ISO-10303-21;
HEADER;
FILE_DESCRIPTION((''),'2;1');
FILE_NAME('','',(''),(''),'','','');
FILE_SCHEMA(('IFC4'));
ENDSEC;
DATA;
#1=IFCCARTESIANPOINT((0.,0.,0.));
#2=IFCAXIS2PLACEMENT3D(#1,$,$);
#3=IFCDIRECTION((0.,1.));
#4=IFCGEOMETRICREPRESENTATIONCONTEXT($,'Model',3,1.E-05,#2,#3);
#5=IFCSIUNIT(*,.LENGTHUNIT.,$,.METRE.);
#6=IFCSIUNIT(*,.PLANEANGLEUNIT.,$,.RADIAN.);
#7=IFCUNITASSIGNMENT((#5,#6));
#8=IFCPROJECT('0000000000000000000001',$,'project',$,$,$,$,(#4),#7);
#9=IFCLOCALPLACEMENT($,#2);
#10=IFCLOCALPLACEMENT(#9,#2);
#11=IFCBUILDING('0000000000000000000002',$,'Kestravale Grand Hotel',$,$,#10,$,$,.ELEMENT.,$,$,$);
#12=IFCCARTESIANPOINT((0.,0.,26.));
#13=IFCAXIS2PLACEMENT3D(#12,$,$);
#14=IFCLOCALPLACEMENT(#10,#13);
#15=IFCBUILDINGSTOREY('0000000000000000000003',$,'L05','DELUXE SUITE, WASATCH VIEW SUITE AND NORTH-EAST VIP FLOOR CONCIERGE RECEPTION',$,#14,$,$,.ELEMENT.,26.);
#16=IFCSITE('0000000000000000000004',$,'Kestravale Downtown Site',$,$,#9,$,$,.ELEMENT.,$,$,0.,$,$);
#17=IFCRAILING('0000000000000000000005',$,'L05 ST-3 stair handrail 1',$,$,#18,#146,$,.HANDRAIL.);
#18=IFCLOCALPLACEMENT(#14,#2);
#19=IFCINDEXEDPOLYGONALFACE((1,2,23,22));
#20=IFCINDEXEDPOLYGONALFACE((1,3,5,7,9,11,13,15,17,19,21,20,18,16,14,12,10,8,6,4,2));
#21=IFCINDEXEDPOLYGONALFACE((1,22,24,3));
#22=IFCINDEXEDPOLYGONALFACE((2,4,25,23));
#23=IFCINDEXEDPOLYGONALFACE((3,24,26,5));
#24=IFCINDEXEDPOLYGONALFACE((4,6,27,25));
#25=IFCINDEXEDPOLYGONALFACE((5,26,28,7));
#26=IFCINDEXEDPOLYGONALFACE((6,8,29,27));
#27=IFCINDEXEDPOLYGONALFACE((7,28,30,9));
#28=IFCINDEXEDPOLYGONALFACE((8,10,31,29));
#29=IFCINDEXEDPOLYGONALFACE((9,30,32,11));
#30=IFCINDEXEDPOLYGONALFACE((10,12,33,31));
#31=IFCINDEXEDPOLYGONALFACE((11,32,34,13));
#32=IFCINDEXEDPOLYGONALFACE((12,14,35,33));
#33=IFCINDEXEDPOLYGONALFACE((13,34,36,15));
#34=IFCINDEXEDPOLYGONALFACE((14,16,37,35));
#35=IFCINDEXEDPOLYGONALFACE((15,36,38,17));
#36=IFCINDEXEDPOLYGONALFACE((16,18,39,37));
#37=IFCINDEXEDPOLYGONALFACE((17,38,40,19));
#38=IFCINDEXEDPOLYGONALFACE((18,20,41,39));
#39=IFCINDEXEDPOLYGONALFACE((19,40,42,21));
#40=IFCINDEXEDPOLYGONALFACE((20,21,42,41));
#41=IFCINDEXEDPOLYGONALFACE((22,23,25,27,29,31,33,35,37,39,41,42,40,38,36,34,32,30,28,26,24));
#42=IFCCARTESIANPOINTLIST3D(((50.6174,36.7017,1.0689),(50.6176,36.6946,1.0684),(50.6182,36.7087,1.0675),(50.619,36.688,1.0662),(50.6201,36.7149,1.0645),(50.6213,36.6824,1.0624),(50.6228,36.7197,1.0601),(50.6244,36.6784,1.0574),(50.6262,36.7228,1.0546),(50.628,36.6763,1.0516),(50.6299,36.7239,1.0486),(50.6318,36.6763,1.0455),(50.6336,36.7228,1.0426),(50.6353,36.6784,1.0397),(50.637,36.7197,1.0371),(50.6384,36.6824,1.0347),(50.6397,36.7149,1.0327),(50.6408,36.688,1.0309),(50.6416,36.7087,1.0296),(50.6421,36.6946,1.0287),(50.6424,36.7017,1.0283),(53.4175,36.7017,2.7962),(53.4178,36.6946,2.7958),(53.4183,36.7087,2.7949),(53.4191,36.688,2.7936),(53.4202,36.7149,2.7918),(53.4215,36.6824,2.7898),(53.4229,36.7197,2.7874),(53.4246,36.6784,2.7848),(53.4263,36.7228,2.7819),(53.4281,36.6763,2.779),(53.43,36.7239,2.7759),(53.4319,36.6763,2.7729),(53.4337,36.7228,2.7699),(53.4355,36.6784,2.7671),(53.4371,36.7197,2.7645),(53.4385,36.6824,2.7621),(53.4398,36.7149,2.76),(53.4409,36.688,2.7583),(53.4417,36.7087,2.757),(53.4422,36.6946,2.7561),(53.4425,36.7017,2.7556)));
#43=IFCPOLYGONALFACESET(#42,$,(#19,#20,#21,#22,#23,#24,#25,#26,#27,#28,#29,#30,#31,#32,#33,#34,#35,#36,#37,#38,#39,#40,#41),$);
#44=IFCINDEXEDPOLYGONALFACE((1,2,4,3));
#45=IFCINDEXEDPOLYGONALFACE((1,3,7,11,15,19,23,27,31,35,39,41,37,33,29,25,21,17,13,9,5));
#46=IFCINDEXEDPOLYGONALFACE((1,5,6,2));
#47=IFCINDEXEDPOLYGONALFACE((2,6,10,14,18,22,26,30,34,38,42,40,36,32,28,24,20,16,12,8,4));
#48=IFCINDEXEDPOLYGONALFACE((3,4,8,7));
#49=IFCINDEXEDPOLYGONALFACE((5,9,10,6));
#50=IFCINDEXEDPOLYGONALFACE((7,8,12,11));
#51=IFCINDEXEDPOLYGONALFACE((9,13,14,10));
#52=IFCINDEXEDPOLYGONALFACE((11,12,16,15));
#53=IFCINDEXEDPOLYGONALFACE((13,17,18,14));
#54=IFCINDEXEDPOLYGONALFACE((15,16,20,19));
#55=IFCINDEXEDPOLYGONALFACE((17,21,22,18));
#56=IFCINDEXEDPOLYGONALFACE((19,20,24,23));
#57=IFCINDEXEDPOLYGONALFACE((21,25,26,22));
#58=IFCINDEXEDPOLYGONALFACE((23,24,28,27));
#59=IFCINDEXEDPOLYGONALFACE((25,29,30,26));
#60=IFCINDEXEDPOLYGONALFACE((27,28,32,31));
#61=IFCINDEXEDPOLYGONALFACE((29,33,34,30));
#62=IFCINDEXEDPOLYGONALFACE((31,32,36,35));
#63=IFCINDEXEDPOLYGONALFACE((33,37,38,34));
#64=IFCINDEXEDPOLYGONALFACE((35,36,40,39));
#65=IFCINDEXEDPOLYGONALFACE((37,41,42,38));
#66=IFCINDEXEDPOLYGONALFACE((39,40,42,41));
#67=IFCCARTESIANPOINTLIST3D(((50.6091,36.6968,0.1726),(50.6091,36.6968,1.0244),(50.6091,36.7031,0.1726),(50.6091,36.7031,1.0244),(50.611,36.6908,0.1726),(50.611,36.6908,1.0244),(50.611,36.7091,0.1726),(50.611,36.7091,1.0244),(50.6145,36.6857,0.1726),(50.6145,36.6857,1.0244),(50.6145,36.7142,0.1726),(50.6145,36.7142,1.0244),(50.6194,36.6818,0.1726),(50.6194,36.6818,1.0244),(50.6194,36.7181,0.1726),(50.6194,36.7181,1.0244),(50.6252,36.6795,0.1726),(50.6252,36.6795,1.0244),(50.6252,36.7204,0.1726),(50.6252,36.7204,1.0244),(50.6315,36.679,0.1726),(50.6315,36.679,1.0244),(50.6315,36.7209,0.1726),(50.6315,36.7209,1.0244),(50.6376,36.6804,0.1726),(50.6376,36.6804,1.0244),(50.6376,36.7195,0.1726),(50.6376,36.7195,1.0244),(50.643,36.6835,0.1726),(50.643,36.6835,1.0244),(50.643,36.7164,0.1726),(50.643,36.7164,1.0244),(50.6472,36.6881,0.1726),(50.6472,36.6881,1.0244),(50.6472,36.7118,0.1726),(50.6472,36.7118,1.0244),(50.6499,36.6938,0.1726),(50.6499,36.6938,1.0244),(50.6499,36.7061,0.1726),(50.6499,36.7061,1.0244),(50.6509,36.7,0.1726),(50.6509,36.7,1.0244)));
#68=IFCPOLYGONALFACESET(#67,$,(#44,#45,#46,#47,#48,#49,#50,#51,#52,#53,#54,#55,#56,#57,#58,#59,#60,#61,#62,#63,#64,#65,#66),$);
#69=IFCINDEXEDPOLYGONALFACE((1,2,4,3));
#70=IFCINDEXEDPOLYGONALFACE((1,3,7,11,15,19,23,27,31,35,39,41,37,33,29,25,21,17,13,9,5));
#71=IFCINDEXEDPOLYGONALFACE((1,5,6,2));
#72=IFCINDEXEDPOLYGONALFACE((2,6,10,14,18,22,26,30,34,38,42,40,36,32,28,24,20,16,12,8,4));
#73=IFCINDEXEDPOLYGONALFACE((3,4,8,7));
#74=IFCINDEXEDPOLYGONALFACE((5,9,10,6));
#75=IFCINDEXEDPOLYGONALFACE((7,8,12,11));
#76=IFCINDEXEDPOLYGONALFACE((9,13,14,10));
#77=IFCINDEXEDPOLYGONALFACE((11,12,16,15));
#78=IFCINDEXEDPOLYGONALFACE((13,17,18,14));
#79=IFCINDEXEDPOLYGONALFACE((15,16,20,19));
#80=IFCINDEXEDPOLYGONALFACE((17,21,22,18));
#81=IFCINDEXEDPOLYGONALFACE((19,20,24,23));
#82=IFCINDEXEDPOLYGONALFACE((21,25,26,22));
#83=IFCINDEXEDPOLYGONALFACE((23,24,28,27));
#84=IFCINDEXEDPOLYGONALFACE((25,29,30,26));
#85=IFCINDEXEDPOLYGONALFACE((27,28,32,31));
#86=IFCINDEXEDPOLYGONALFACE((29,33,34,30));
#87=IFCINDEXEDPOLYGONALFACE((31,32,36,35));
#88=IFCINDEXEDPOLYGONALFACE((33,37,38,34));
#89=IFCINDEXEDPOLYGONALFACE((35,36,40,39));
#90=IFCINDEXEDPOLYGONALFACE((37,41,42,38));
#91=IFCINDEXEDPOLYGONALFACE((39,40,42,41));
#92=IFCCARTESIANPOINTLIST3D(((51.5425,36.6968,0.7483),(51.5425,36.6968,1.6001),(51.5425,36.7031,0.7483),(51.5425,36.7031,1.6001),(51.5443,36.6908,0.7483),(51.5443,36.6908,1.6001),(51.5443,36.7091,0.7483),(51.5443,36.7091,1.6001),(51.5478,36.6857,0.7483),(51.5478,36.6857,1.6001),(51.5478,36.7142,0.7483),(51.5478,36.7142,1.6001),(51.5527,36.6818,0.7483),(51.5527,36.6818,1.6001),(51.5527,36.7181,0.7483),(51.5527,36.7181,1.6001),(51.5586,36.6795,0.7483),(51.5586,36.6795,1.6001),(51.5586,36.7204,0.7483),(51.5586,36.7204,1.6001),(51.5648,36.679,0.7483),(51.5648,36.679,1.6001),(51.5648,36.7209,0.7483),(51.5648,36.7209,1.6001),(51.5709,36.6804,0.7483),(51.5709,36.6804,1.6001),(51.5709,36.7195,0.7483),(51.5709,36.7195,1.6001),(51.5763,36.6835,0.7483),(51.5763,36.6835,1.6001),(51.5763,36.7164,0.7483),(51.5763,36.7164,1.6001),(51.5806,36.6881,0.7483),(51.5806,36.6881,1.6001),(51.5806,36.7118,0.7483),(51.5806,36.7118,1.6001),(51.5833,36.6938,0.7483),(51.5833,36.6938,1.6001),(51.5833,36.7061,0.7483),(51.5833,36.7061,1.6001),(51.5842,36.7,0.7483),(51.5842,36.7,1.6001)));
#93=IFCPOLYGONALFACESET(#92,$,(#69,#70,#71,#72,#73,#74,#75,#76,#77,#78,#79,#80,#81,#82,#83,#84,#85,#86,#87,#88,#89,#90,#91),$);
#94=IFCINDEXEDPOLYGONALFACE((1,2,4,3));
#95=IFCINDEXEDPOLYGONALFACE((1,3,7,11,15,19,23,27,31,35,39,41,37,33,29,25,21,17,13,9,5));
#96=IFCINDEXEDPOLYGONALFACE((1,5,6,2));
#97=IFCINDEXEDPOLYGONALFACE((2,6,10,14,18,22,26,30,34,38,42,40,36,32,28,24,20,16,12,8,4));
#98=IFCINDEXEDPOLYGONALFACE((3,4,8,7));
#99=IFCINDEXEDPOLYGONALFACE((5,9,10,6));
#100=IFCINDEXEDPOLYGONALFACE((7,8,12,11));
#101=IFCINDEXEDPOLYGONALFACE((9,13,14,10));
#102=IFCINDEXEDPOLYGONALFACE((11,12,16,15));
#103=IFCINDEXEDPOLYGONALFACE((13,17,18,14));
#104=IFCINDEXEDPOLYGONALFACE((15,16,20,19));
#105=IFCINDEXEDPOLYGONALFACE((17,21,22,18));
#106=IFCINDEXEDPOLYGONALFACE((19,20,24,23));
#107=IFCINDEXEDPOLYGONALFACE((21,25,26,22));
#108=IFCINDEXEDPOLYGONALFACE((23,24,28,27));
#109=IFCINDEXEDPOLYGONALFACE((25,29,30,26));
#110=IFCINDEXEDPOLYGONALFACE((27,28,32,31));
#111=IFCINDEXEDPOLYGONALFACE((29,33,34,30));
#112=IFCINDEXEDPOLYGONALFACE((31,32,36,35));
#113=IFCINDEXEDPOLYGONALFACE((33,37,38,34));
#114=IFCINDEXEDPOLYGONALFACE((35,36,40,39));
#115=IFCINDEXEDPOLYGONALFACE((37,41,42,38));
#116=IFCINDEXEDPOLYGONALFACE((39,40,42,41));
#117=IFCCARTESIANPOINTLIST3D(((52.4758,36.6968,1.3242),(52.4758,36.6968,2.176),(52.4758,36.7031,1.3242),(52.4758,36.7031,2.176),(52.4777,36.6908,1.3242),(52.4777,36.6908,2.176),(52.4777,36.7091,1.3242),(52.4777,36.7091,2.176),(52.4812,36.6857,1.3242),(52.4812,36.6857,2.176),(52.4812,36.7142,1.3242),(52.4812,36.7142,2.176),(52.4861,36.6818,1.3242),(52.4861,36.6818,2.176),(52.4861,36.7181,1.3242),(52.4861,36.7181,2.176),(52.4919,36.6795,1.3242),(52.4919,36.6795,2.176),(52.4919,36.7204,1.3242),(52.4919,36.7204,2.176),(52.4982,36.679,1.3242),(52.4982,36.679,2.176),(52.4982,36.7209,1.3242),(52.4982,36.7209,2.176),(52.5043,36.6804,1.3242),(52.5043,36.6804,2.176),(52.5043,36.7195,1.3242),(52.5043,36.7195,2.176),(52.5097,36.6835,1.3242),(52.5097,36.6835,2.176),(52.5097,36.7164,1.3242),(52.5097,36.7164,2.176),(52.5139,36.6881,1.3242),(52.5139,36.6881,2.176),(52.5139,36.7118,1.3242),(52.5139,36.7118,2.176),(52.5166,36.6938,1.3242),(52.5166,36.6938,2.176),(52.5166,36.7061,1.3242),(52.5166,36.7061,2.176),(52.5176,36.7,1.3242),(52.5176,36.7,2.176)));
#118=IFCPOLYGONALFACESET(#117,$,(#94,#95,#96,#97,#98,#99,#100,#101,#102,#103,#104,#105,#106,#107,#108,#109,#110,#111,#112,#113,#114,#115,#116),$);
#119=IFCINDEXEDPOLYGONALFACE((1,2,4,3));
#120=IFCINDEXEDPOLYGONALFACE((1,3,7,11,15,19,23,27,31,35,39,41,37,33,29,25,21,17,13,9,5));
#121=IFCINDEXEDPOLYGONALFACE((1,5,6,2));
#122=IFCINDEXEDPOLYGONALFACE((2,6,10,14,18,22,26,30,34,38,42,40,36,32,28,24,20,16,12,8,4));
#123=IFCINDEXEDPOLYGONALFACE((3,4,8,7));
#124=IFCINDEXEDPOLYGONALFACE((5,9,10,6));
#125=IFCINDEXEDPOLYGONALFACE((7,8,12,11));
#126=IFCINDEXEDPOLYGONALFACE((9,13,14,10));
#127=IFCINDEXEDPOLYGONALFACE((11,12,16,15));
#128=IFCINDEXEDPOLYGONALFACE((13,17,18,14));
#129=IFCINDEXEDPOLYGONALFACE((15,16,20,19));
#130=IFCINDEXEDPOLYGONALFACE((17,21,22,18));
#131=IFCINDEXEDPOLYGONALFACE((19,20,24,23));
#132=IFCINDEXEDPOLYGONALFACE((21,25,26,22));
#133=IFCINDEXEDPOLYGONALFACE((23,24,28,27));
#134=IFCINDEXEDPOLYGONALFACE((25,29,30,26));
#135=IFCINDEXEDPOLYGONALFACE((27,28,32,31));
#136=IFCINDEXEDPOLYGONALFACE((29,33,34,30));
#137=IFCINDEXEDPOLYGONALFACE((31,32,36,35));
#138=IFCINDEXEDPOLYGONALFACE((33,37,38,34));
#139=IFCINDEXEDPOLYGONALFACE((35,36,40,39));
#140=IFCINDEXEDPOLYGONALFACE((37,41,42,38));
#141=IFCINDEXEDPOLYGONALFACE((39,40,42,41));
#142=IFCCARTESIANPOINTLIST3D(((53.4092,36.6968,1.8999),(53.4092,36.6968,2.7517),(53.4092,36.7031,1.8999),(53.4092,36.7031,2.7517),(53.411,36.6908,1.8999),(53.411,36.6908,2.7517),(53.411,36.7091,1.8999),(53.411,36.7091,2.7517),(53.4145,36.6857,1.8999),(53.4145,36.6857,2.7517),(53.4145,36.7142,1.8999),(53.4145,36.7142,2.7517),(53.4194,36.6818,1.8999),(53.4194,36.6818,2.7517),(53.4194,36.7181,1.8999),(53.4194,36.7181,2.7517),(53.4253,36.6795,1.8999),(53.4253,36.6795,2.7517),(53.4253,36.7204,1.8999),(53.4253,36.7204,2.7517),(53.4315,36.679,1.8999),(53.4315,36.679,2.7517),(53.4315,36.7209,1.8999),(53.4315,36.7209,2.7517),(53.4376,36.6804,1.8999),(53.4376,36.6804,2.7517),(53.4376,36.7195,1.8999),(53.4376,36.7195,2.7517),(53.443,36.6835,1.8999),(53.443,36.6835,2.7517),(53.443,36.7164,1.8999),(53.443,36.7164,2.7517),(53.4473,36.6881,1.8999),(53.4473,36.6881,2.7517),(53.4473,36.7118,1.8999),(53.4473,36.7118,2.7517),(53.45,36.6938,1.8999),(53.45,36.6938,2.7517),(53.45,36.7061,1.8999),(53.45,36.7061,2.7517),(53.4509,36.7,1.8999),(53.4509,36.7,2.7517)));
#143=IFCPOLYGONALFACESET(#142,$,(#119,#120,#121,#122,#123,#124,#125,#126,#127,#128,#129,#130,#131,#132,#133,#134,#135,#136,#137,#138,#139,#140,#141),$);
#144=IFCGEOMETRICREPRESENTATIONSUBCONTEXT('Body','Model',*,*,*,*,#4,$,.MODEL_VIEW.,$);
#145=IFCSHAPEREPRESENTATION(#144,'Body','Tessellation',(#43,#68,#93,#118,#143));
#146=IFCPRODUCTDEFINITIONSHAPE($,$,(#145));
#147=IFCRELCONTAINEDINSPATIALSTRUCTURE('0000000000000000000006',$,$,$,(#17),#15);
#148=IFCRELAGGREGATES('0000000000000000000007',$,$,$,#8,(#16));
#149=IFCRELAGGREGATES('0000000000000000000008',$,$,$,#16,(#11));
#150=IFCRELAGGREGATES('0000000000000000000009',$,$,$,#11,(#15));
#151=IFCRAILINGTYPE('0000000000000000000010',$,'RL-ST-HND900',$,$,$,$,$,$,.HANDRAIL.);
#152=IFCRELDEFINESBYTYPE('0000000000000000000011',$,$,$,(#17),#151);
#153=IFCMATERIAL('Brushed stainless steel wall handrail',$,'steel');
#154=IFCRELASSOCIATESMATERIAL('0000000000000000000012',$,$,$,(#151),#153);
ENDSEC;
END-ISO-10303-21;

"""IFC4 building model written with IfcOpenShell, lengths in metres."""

from ifc_helpers import new_model, si_unit, direction, frame, origin, origin_2d, place, context, subcontext, project, spatial, circle, extrude, material, type_object, element, save


model = new_model("IFC4")

# Units and contexts
model_context = context("Model", 3, precision=1e-05, world=origin(), true_north=direction((0.0, 1.0)))
body_context = subcontext(model_context, "Body", "Model", "MODEL_VIEW")
ifc_project = project(units=[si_unit("LENGTHUNIT", "METRE"), si_unit("PLANEANGLEUNIT", "RADIAN")], contexts=[model_context])

# Site, building, storey
site_placement = place(None, origin())
site = spatial("IfcSite", under=ifc_project, at=site_placement, Name="Kestravale Downtown Site", CompositionType="ELEMENT", RefElevation=0.0)
building_placement = place(site_placement, origin())
building = spatial("IfcBuilding", under=site, at=building_placement, Name="Kestravale Grand Hotel", CompositionType="ELEMENT")
storey_placement = place(building_placement, frame((0.0, 0.0, 26.0)))
storey = spatial("IfcBuildingStorey", under=building, at=storey_placement, Name="L05", Description="DELUXE SUITE, WASATCH VIEW SUITE AND NORTH-EAST VIP FLOOR CONCIERGE RECEPTION", CompositionType="ELEMENT", Elevation=26.0)

# Railing
ifc_material_1 = material(Name="Brushed stainless steel wall handrail", Category="steel")
railing_type_1 = type_object("IfcRailingType", Name="RL-ST-HND900", PredefinedType="HANDRAIL", material=ifc_material_1)
railing_1_placement = place(storey_placement, frame((50.6299, 36.7, 0.1726)))
element("IfcRailing", 1, at=railing_1_placement, inside=storey, type_object=railing_type_1, Name="L05 ST-3 stair handrail 1", PredefinedType="HANDRAIL", context=body_context, shape_type="SweptSolid", body=[
    extrude(circle(Radius=0.0239, at=origin_2d()), frame((0.0, 0.0, 0.876), z_axis=(0.85109, 0.0, 0.52502), x_axis=(0.0, 1.0, 0.0)), (0.0, 0.0, 1.0), 3.29),
    extrude(circle(Radius=0.021, at=origin_2d()), origin(), (0.0, 0.0, 1.0), 0.8518),
    extrude(circle(Radius=0.021, at=origin_2d()), frame((0.9333, 0.0, 0.5757)), (0.0, 0.0, 1.0), 0.8518),
    extrude(circle(Radius=0.021, at=origin_2d()), frame((1.8667, 0.0, 1.1516)), (0.0, 0.0, 1.0), 0.8518),
    extrude(circle(Radius=0.021, at=origin_2d()), frame((2.8, 0.0, 1.7273)), (0.0, 0.0, 1.0), 0.8518),
])

save(model, "model.ifc")
